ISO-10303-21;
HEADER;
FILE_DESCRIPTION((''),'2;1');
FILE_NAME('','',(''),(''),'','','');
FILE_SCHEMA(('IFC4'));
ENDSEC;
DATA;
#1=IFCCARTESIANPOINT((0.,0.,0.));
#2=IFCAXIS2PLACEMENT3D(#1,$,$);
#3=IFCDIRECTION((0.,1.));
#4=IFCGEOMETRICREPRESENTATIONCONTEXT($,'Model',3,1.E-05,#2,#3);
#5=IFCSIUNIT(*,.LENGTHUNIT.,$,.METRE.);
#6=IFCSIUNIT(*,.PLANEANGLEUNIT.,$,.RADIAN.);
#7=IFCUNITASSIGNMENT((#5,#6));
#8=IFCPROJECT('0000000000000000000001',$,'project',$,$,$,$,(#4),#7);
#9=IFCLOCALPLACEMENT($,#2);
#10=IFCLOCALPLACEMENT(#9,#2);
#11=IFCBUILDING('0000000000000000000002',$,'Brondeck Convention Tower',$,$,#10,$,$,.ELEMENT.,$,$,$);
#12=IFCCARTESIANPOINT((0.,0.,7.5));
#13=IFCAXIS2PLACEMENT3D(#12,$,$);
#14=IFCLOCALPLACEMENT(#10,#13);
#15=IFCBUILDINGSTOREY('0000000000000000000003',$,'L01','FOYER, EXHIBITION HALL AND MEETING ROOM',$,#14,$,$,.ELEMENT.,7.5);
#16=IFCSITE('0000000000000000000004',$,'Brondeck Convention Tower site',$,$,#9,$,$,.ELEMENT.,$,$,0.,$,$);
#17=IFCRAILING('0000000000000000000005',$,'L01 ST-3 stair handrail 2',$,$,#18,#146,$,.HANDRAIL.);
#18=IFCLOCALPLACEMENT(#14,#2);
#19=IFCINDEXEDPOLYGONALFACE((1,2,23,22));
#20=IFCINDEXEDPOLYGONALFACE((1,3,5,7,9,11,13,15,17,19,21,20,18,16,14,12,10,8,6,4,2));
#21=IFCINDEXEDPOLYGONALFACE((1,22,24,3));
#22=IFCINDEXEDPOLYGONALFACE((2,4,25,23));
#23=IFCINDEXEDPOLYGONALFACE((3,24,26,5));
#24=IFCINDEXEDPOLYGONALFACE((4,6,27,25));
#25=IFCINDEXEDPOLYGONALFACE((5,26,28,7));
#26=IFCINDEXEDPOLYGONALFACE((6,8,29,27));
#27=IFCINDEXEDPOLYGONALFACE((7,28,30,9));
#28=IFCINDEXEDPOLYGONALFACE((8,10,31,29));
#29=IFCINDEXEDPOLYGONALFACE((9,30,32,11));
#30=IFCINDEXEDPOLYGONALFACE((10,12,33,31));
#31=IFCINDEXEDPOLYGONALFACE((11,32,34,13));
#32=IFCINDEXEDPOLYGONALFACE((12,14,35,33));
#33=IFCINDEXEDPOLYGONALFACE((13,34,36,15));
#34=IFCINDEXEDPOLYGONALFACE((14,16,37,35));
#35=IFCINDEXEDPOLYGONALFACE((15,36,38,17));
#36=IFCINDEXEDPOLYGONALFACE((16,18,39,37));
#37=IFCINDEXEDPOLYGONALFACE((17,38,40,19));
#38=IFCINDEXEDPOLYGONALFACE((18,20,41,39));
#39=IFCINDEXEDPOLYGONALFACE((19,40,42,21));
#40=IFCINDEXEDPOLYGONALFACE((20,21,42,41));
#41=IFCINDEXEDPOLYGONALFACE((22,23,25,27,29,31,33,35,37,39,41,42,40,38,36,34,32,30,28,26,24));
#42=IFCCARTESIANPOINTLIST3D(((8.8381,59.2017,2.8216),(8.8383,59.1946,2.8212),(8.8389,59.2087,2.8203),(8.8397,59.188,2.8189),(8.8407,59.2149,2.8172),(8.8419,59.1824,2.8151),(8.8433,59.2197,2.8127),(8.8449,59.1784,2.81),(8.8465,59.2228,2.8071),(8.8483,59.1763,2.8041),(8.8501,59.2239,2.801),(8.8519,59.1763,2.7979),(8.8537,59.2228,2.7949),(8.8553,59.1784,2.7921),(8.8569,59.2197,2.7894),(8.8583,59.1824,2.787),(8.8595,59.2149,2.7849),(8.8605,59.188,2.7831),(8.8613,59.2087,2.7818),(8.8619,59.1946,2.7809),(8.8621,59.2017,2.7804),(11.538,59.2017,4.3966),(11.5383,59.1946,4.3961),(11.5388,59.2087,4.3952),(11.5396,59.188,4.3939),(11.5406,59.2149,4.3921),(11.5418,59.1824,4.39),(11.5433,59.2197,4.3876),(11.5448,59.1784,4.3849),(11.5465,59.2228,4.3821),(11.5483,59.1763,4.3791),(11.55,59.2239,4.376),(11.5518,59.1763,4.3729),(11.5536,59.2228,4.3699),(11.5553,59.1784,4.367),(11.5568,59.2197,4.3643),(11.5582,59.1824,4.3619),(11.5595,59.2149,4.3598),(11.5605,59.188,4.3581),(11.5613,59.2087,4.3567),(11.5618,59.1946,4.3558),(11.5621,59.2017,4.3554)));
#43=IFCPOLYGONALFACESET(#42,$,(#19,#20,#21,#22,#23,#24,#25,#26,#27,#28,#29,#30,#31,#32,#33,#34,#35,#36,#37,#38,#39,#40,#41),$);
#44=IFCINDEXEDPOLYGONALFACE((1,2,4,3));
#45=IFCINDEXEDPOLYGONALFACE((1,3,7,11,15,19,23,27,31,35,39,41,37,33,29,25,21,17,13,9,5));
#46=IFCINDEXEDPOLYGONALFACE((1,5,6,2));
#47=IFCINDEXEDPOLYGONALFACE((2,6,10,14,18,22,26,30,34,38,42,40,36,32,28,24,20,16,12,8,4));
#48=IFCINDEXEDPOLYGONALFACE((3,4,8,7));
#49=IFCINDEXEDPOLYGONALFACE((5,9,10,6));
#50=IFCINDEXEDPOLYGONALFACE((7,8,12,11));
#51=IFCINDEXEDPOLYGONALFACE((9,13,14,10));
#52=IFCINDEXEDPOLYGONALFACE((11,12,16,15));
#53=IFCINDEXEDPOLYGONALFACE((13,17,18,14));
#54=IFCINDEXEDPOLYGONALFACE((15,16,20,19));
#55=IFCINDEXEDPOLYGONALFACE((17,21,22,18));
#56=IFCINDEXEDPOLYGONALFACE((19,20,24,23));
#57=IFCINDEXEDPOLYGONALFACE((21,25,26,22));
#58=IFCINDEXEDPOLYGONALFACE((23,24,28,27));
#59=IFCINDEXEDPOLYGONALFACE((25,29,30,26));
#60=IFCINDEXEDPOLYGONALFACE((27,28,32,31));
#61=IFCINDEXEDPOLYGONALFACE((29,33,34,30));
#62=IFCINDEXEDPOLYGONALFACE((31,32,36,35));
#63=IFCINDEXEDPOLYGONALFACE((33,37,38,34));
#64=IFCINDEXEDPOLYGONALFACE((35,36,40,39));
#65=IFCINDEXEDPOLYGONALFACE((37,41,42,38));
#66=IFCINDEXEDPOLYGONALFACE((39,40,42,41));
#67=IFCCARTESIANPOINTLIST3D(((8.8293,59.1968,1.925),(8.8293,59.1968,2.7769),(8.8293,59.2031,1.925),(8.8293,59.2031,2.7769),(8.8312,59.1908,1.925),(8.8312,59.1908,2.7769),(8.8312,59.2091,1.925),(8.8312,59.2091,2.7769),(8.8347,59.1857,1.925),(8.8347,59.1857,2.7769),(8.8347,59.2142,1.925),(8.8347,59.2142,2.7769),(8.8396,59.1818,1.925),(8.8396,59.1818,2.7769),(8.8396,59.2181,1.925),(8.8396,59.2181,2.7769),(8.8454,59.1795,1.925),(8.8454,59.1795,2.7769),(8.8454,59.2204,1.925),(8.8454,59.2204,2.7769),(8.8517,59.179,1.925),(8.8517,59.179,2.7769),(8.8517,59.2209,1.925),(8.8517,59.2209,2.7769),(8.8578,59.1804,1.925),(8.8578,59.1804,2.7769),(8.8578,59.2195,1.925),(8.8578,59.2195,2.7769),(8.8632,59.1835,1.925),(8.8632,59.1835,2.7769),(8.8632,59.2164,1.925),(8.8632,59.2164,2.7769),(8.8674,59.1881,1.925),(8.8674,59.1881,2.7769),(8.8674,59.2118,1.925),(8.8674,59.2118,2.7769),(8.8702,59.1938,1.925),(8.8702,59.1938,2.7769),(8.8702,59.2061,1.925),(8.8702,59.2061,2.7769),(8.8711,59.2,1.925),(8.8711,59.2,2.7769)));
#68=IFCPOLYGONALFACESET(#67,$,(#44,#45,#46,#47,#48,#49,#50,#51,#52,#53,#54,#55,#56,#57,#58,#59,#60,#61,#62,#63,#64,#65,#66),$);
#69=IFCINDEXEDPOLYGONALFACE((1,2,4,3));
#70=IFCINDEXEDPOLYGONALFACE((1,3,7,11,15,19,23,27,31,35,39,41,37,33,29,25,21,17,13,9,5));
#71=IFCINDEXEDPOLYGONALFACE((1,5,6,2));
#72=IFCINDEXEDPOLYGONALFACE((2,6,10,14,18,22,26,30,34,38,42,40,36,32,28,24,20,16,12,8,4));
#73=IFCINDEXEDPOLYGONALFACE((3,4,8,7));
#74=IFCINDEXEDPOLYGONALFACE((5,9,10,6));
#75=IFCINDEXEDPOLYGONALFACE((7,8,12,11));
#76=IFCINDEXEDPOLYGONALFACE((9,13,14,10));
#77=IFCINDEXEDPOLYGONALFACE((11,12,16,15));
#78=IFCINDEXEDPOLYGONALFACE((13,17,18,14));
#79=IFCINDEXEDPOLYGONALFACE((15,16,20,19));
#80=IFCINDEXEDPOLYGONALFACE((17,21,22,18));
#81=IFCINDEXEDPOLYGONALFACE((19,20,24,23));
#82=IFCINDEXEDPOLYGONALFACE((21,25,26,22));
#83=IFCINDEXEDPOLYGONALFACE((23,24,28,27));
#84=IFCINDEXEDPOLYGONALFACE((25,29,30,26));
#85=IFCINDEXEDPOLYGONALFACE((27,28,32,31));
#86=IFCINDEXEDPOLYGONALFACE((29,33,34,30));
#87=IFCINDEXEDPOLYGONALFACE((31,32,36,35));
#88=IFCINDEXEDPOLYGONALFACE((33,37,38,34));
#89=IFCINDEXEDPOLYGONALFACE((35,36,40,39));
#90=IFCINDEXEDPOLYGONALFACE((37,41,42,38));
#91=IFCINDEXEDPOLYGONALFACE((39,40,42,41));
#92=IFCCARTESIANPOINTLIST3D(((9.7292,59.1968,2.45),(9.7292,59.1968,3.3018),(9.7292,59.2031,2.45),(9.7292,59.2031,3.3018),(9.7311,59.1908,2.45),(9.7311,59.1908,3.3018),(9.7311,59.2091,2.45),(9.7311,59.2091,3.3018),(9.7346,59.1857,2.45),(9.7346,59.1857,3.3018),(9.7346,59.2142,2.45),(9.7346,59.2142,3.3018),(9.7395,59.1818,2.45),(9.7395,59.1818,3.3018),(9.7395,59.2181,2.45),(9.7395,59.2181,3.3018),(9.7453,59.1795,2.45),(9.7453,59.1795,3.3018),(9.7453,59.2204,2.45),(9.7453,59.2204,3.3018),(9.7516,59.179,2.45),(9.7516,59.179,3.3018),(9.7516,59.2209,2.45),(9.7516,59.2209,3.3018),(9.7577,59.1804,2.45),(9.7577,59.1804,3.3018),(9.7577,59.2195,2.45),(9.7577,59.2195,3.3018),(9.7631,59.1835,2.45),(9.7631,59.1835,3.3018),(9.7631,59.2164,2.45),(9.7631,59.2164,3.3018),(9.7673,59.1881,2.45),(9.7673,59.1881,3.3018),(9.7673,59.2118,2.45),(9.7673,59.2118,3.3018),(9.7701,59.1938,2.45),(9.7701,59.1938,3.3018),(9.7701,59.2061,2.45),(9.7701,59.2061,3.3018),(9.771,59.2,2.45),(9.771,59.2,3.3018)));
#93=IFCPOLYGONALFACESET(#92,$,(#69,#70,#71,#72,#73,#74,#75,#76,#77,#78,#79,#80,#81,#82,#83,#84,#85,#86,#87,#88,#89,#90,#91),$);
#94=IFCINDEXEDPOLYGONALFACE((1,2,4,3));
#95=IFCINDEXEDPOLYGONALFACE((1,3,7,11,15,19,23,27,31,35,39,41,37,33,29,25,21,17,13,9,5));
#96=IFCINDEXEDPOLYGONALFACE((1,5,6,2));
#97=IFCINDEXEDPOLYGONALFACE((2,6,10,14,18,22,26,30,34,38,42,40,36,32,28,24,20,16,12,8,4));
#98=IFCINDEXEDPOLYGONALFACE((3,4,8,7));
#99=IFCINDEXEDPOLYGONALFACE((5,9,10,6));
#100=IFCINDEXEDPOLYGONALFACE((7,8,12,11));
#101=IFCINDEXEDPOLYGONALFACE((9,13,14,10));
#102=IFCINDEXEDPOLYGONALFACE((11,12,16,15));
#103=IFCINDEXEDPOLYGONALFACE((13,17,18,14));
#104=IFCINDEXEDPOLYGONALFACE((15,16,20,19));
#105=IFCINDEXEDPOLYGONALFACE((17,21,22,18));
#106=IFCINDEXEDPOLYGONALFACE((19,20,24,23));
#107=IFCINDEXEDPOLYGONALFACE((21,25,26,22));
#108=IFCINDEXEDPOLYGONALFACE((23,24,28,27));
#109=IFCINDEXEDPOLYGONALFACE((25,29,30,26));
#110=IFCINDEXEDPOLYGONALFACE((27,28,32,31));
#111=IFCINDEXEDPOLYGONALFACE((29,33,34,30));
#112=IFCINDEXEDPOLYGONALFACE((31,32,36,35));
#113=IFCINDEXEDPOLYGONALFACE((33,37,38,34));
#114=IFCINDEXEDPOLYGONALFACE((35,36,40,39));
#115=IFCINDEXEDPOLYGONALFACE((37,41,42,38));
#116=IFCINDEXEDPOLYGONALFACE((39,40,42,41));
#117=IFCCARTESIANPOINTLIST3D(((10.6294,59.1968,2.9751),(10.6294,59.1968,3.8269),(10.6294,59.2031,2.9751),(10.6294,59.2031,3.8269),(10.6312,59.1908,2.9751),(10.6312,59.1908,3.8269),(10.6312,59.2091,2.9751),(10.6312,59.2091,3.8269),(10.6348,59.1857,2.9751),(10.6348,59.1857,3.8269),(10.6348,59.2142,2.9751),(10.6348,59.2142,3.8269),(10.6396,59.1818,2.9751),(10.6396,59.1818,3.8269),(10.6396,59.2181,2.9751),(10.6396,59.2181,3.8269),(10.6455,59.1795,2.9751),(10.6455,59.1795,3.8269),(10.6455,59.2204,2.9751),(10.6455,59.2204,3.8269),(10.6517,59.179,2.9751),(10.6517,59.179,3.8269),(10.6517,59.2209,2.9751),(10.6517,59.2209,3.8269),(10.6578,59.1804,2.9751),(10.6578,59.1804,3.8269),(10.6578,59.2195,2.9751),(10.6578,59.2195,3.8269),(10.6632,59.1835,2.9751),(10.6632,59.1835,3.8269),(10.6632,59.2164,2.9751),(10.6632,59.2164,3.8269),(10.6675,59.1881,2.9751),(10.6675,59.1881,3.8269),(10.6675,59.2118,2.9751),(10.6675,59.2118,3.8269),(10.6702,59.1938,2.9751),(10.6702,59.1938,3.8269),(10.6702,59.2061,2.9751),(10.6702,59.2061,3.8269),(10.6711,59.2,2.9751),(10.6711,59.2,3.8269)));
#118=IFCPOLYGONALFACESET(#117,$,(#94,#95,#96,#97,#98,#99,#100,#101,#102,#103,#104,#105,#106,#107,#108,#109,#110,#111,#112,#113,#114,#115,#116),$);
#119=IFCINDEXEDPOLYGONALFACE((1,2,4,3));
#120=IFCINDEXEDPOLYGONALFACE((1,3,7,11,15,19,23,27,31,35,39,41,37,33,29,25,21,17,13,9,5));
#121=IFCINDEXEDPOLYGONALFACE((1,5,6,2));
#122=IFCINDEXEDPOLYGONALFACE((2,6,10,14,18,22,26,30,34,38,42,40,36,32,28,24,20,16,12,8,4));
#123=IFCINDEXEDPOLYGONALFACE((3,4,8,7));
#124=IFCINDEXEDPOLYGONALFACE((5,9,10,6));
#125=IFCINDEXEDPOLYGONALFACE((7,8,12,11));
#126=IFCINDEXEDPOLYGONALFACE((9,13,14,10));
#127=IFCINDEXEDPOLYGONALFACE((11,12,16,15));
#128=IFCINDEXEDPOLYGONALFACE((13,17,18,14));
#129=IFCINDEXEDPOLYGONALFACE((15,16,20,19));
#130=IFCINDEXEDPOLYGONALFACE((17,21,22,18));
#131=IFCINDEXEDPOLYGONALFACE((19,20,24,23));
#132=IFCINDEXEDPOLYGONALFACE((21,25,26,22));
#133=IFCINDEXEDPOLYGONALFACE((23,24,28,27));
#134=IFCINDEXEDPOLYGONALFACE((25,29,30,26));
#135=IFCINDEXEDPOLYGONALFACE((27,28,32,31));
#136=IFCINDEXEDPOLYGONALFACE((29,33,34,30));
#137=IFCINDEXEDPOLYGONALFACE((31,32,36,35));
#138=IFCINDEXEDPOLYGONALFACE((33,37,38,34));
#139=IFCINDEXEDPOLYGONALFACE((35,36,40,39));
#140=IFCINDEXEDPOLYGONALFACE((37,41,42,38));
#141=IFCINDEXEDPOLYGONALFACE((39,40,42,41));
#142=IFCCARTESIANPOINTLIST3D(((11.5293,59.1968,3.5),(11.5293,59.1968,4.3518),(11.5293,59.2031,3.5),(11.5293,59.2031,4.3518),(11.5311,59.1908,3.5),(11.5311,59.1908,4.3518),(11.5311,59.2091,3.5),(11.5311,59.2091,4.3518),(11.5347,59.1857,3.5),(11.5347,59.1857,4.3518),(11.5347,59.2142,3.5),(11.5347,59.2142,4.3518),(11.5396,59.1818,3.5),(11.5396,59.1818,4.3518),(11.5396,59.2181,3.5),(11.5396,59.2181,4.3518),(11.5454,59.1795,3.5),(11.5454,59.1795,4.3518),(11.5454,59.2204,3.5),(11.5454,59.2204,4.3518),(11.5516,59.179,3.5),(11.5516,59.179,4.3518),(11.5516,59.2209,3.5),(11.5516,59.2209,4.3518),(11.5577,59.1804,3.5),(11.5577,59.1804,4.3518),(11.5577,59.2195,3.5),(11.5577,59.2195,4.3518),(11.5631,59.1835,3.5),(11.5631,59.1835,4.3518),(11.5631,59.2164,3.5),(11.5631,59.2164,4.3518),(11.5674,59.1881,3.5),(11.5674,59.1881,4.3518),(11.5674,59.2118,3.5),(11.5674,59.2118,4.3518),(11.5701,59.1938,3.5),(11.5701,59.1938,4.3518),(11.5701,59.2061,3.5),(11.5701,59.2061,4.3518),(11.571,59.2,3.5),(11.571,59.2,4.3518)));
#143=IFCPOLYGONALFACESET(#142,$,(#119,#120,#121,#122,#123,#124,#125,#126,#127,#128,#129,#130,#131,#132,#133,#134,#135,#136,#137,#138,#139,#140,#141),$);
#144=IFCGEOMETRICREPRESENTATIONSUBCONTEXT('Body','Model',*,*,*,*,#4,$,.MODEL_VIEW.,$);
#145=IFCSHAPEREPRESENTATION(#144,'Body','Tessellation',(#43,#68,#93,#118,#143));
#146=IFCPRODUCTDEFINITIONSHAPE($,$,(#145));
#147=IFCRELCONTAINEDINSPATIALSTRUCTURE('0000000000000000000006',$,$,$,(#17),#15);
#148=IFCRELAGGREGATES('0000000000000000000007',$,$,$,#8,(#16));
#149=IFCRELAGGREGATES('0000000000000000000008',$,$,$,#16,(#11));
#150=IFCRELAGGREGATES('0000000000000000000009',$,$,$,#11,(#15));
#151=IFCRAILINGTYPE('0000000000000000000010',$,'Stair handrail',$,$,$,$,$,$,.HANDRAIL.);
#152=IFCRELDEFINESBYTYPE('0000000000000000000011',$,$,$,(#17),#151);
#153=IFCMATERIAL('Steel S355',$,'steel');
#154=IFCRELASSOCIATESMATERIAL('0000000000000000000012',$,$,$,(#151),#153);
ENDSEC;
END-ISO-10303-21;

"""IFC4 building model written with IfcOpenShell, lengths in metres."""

from ifc_helpers import new_model, si_unit, direction, frame, origin, origin_2d, place, context, subcontext, project, spatial, circle, extrude, material, type_object, element, save


model = new_model("IFC4")

# Units and contexts
model_context = context("Model", 3, precision=1e-05, world=origin(), true_north=direction((0.0, 1.0)))
body_context = subcontext(model_context, "Body", "Model", "MODEL_VIEW")
ifc_project = project(units=[si_unit("LENGTHUNIT", "METRE"), si_unit("PLANEANGLEUNIT", "RADIAN")], contexts=[model_context])

# Site, building, storey
site_placement = place(None, origin())
site = spatial("IfcSite", under=ifc_project, at=site_placement, Name="Brondeck Convention Tower site", CompositionType="ELEMENT", RefElevation=0.0)
building_placement = place(site_placement, origin())
building = spatial("IfcBuilding", under=site, at=building_placement, Name="Brondeck Convention Tower", CompositionType="ELEMENT")
storey_placement = place(building_placement, frame((0.0, 0.0, 7.5)))
storey = spatial("IfcBuildingStorey", under=building, at=storey_placement, Name="L01", Description="FOYER, EXHIBITION HALL AND MEETING ROOM", CompositionType="ELEMENT", Elevation=7.5)

# Shared definitions
ifc_material_1 = material(Name="Steel S355", Category="steel")

# Railing
railing_type_1 = type_object("IfcRailingType", Name="Stair handrail", PredefinedType="HANDRAIL", material=ifc_material_1)
railing_1_placement = place(storey_placement, frame((8.8501, 59.2, 1.925)))
element("IfcRailing", 1, at=railing_1_placement, inside=storey, type_object=railing_type_1, Name="L01 ST-3 stair handrail 2", PredefinedType="HANDRAIL", context=body_context, shape_type="SweptSolid", body=[
    extrude(circle(Radius=0.0239, at=origin_2d()), frame((0.0, 0.0, 0.876), z_axis=(0.863782, 0.0, 0.503866), x_axis=(0.0, 1.0, 0.0)), (0.0, 0.0, 1.0), 3.1257),
    extrude(circle(Radius=0.021, at=origin_2d()), origin(), (0.0, 0.0, 1.0), 0.8518),
    extrude(circle(Radius=0.021, at=origin_2d()), frame((0.8999, 0.0, 0.5249)), (0.0, 0.0, 1.0), 0.8518),
    extrude(circle(Radius=0.021, at=origin_2d()), frame((1.8, 0.0, 1.05)), (0.0, 0.0, 1.0), 0.8518),
    extrude(circle(Radius=0.021, at=origin_2d()), frame((2.7, 0.0, 1.575)), (0.0, 0.0, 1.0), 0.8518),
])

save(model, "model.ifc")
